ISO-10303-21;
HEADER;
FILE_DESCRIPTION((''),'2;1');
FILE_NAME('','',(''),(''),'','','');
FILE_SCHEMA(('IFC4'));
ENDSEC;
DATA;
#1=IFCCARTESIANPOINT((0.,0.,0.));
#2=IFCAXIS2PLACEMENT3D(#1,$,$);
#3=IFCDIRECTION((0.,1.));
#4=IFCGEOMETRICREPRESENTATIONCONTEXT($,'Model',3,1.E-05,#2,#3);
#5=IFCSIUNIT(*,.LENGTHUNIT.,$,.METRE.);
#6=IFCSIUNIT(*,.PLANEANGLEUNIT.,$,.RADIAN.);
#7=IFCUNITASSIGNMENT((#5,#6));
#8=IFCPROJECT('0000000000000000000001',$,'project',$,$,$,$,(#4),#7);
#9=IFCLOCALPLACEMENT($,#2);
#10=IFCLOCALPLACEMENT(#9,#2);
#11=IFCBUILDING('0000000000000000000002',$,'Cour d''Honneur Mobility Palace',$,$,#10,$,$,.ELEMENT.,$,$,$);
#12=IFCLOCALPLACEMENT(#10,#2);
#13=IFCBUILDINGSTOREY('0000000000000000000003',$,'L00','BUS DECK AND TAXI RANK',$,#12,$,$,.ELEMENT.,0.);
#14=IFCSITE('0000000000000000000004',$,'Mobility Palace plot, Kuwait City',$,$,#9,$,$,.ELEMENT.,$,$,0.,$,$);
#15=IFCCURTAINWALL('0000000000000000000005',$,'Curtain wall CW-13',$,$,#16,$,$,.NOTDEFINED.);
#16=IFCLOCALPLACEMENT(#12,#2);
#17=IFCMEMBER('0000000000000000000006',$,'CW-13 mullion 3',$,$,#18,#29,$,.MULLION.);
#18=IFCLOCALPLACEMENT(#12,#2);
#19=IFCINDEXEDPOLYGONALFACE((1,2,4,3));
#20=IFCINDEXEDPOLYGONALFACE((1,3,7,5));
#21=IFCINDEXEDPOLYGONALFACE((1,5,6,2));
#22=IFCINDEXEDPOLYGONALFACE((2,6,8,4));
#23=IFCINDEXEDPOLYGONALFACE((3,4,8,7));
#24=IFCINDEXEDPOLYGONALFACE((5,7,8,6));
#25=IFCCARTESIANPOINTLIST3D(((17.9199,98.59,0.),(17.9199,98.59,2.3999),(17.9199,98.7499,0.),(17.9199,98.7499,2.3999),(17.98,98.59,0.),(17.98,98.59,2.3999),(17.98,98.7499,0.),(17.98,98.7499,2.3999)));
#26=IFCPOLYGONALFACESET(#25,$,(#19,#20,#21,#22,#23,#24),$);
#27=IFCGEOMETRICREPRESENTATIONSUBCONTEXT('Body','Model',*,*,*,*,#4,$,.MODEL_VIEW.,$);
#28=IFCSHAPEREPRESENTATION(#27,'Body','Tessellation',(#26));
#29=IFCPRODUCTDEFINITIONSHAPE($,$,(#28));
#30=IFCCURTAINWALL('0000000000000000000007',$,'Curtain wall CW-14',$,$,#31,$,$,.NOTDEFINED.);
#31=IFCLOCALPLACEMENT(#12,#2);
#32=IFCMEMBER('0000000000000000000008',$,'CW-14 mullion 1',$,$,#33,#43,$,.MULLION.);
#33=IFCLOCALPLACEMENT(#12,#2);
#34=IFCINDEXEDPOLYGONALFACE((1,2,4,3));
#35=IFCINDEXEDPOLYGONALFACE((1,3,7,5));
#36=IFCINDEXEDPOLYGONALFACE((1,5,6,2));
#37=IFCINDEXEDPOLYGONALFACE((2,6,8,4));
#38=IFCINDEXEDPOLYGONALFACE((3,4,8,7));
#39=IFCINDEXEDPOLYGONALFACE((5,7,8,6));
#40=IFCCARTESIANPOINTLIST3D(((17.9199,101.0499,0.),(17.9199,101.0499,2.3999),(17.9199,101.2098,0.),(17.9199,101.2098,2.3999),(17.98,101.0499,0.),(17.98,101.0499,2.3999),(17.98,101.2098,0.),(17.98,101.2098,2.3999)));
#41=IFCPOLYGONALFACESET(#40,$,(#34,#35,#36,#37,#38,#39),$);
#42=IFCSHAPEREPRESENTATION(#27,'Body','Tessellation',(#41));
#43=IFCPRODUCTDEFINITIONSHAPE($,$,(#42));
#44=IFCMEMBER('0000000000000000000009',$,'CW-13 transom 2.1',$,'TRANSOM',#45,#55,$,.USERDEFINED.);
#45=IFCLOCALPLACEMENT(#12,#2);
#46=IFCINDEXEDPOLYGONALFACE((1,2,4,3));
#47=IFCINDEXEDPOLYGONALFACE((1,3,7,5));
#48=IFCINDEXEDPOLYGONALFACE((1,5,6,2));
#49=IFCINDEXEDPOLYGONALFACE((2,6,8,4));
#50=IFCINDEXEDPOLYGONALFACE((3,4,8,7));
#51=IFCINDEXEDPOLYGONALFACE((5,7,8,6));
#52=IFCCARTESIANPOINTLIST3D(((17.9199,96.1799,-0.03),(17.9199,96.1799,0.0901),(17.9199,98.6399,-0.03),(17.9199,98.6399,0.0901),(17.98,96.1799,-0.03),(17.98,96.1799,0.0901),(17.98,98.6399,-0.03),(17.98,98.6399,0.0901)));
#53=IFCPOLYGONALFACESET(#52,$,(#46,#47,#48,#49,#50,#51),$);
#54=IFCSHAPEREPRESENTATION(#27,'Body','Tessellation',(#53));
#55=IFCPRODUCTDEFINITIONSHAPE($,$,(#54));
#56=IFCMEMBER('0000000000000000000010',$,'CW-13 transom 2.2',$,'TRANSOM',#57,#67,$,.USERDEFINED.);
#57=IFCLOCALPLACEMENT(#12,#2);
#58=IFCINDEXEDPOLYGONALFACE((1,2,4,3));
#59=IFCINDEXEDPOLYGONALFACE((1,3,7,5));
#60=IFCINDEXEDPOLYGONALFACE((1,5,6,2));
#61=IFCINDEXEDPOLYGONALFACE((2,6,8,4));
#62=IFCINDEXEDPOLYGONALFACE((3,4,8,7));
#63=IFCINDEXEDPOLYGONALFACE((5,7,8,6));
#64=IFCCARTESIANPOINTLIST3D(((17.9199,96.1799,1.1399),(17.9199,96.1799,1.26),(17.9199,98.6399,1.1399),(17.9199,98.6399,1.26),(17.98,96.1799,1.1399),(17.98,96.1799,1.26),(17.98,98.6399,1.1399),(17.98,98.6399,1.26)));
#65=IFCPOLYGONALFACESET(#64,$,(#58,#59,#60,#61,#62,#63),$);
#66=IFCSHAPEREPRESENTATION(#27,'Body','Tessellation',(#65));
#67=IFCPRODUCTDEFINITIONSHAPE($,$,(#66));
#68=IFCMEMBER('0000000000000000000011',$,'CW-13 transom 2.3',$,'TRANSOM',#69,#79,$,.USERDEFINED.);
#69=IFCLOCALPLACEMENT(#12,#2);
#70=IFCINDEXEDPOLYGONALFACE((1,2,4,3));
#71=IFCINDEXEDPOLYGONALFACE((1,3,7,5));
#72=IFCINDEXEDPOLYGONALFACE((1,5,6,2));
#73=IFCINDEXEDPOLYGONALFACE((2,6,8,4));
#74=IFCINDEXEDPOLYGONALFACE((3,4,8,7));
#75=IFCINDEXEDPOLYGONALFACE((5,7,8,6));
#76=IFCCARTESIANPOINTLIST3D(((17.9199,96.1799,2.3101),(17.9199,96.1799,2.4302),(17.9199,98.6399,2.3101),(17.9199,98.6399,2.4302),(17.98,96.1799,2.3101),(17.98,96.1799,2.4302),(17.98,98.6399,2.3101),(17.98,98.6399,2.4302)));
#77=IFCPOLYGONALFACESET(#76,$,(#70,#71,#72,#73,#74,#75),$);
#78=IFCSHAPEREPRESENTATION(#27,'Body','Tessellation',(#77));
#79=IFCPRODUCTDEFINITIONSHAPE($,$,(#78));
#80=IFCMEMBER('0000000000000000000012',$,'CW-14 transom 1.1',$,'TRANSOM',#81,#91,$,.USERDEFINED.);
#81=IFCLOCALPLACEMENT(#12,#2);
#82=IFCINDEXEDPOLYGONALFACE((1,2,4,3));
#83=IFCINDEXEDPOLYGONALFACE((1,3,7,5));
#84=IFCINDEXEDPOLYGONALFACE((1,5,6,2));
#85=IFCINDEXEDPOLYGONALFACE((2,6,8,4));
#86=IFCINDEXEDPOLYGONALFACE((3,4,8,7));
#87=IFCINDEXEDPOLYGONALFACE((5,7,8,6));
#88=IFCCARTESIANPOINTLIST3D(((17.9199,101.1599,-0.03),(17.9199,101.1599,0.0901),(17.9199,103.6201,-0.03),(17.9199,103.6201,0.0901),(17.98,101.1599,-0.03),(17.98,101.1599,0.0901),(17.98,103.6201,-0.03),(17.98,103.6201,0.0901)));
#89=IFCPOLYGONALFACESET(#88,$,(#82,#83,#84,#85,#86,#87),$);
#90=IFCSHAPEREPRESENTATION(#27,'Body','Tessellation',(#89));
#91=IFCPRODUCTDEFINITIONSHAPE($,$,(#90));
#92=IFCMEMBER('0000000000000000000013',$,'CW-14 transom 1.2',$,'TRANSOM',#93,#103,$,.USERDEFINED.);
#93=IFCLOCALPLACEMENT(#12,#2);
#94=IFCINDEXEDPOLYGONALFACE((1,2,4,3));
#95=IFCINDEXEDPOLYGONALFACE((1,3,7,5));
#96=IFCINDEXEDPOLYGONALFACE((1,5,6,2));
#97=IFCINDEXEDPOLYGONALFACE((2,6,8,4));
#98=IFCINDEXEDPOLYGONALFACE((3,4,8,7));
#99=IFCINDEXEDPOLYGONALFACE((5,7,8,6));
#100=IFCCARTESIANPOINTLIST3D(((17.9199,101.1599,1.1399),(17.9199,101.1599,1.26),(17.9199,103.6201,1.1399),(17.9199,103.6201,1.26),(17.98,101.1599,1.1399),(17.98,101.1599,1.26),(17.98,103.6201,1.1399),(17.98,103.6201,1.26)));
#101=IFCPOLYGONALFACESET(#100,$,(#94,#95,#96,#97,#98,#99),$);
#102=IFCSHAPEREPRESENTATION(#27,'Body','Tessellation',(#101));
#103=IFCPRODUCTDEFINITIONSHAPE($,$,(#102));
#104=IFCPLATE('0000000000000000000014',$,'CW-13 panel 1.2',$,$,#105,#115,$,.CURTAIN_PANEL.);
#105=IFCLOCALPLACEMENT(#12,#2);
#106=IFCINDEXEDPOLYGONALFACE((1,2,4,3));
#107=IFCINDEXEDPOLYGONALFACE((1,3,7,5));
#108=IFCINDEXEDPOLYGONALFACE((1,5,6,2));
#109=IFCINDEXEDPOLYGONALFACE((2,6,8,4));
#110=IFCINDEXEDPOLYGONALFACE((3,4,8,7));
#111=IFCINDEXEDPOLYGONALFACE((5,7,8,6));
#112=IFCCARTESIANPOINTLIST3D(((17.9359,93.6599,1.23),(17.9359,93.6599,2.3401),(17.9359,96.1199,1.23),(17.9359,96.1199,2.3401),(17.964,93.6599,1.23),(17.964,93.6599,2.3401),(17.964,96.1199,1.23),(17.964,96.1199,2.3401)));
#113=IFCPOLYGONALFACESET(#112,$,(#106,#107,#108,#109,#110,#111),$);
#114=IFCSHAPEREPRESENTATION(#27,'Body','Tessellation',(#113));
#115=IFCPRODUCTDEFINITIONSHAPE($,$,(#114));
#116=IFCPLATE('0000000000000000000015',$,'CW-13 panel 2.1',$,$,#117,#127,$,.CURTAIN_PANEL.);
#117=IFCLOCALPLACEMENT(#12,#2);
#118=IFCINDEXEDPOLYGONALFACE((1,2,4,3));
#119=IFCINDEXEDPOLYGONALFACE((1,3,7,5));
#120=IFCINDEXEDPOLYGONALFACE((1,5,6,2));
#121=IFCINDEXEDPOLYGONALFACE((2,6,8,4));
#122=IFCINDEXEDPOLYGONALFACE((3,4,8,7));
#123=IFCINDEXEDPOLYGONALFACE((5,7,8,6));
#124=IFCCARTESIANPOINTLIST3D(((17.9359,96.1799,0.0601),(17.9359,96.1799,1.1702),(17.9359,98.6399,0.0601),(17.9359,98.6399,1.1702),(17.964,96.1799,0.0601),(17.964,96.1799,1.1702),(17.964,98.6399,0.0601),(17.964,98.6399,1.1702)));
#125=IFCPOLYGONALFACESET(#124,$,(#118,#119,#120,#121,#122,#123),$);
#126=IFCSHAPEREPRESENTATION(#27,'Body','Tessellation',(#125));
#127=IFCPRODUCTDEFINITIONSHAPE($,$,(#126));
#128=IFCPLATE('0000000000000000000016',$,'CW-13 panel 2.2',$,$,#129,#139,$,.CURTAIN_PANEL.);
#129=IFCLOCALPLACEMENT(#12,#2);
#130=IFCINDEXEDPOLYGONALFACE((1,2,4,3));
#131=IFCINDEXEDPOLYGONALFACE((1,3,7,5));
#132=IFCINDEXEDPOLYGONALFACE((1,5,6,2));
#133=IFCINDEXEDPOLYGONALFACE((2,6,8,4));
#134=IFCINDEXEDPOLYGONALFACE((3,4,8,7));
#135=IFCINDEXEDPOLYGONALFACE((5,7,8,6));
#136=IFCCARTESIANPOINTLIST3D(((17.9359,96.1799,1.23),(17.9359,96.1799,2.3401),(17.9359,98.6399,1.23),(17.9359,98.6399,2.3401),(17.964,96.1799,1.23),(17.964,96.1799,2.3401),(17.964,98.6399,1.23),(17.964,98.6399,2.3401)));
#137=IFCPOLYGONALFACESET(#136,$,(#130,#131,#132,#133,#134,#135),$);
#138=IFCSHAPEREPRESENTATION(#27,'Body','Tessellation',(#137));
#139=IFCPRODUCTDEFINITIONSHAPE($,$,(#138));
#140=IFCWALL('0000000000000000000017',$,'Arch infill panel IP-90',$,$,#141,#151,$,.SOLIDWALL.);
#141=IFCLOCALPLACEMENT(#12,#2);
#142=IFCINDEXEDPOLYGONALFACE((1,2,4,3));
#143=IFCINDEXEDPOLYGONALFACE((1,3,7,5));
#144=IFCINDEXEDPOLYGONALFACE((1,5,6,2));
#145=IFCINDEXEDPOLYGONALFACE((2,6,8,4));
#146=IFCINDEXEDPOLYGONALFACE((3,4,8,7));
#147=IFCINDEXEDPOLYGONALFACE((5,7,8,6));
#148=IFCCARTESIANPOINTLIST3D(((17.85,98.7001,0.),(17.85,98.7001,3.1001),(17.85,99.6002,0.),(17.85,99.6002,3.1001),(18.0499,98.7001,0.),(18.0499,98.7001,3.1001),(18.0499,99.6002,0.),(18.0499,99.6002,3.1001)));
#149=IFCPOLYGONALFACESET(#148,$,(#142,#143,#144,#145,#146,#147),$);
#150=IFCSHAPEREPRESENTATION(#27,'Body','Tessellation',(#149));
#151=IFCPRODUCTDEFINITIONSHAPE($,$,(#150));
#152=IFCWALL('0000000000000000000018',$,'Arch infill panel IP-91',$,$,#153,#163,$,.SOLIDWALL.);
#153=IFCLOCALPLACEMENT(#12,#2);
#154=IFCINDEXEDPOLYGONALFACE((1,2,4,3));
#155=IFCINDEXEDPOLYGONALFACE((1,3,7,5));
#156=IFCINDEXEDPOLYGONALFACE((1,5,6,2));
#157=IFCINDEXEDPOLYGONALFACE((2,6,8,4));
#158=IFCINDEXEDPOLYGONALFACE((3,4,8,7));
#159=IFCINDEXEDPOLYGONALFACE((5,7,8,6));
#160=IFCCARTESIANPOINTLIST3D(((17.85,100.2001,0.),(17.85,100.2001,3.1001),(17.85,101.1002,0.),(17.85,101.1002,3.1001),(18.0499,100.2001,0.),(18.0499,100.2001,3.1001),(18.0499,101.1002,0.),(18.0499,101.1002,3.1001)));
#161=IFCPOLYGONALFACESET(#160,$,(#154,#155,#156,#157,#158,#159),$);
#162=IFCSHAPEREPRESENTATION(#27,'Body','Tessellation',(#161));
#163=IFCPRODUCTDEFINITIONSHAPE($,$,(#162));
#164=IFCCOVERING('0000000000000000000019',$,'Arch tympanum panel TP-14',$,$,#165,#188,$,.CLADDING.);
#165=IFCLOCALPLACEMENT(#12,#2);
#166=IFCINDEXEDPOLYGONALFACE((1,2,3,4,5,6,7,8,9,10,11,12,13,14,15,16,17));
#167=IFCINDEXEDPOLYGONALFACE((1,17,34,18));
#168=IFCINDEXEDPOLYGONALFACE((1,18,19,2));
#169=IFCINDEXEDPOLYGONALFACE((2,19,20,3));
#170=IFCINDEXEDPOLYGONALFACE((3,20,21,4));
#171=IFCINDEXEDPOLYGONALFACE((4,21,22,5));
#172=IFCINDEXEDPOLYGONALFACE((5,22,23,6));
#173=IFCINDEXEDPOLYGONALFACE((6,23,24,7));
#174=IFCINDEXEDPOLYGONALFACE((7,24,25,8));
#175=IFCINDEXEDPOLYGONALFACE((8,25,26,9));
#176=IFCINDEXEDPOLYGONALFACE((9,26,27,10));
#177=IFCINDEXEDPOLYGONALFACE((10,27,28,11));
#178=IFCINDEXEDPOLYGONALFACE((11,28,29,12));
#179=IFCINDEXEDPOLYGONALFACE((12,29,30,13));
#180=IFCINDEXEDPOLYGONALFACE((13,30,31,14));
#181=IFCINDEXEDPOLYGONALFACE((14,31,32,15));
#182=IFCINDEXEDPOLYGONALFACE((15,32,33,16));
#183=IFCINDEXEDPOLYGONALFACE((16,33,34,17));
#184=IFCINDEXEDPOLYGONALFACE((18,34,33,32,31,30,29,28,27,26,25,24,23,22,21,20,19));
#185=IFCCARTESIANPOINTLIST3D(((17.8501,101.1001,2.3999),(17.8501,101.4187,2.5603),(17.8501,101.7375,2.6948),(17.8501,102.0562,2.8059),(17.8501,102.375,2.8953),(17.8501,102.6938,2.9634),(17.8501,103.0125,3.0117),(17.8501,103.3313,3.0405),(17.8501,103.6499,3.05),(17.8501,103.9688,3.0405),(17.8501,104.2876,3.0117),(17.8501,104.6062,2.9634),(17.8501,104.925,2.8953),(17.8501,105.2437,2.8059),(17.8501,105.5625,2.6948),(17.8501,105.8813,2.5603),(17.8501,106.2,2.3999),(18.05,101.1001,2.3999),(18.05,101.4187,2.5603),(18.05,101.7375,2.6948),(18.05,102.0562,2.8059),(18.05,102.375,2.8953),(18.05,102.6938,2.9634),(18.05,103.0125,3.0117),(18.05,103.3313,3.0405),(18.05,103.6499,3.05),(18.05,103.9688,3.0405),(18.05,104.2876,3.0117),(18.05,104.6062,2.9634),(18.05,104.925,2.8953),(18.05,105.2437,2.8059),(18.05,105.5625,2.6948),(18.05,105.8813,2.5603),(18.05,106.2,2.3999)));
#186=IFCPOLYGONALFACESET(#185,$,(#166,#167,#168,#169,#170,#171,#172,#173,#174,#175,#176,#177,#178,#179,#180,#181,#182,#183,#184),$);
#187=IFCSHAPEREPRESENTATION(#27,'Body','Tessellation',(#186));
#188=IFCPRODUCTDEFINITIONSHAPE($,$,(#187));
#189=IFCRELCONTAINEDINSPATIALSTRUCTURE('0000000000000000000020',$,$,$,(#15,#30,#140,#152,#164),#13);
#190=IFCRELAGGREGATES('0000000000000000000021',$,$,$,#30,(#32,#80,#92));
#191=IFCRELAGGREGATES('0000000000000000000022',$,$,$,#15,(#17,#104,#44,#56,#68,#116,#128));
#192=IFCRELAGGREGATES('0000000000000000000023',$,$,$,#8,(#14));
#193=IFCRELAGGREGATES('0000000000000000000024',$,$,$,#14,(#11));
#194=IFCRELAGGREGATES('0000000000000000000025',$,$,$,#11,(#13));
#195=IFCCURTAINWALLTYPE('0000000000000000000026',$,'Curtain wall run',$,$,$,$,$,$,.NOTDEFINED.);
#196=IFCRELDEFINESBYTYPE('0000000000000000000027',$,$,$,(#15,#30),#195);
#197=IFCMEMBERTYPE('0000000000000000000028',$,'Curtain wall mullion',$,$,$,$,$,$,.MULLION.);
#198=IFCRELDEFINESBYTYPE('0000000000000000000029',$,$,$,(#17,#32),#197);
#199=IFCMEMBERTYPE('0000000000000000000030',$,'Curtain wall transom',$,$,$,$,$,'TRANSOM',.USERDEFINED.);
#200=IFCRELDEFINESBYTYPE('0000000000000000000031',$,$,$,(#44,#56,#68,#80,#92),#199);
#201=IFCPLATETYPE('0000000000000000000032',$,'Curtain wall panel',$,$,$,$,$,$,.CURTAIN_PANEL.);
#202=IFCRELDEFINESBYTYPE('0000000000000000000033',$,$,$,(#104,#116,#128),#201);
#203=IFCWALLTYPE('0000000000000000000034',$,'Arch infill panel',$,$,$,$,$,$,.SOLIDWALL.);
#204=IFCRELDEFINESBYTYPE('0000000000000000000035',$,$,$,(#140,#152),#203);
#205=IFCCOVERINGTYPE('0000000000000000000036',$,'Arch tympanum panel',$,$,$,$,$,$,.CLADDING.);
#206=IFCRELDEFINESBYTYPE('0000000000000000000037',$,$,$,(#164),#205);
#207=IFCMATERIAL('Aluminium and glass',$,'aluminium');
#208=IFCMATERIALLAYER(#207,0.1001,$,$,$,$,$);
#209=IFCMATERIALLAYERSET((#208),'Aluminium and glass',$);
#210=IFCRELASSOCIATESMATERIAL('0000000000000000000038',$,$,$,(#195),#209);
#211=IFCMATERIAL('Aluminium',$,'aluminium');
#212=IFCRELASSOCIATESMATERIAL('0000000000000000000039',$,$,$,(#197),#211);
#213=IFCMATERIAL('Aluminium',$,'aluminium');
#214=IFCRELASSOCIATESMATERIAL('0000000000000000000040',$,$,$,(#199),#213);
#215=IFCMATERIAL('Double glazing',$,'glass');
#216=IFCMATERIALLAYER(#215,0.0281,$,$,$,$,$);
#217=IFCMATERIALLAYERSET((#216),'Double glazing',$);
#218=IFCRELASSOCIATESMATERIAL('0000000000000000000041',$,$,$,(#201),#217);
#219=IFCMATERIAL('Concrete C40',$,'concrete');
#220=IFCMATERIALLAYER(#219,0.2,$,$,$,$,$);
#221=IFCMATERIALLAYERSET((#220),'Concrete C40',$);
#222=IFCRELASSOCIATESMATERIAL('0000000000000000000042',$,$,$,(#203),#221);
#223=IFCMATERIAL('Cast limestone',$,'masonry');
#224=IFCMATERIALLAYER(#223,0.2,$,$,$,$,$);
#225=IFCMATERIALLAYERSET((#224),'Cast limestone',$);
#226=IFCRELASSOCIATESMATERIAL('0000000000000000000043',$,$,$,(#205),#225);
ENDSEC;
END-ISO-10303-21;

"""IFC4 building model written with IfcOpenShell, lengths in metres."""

from ifc_helpers import new_model, si_unit, direction, frame, frame_2d, origin, origin_2d, place, context, subcontext, project, spatial, polyline, rectangle, outline, extrude, material, layer, layer_set, material_profile, profile_set, type_object, element, aggregate, save


model = new_model("IFC4")

# Units and contexts
model_context = context("Model", 3, precision=1e-05, world=origin(), true_north=direction((0.0, 1.0)))
body_context = subcontext(model_context, "Body", "Model", "MODEL_VIEW")
ifc_project = project(units=[si_unit("LENGTHUNIT", "METRE"), si_unit("PLANEANGLEUNIT", "RADIAN")], contexts=[model_context])

# Site, building, storey
site_placement = place(None, origin())
site = spatial("IfcSite", under=ifc_project, at=site_placement, Name="Mobility Palace plot, Kuwait City", CompositionType="ELEMENT", RefElevation=0.0)
building_placement = place(site_placement, origin())
building = spatial("IfcBuilding", under=site, at=building_placement, Name="Cour d'Honneur Mobility Palace", CompositionType="ELEMENT")
storey_placement = place(building_placement, origin())
storey = spatial("IfcBuildingStorey", under=building, at=storey_placement, Name="L00", Description="BUS DECK AND TAXI RANK", CompositionType="ELEMENT", Elevation=0.0)

# Curtain wall, member
ifc_material_1 = material(Name="Aluminium and glass", Category="aluminium")
ifc_layer_1 = layer(ifc_material_1, 0.1001)
ifc_layer_set_1 = layer_set([ifc_layer_1], Name="Aluminium and glass")
curtain_wall_type = type_object("IfcCurtainWallType", Name="Curtain wall run", PredefinedType="NOTDEFINED", material=ifc_layer_set_1)
curtain_wall_1_placement = place(storey_placement, origin())
curtain_wall_1 = element("IfcCurtainWall", 1, at=curtain_wall_1_placement, inside=storey, type_object=curtain_wall_type, Name="Curtain wall CW-13", PredefinedType="NOTDEFINED")
ifc_material_2 = material(Name="Aluminium", Category="aluminium")
ifc_material_profile_1 = material_profile(ifc_material_2, rectangle(XDim=0.0601, YDim=0.1599, at=origin_2d()), Name="Curtain wall mullion")
ifc_profile_set_1 = profile_set([ifc_material_profile_1], Name="Aluminium")
member_type_1 = type_object("IfcMemberType", Name="Curtain wall mullion", PredefinedType="MULLION", material=ifc_profile_set_1)
member_1_placement = place(storey_placement, frame((17.95, 98.6699, 0.0), z_axis=(0.0, 0.0, 1.0), x_axis=(-1.0, 0.0, 0.0)))
member_1 = element("IfcMember", 2, at=member_1_placement, type_object=member_type_1, Name="CW-13 mullion 3", PredefinedType="MULLION", context=body_context, shape_type="SweptSolid", body=[
    extrude(rectangle(XDim=0.0601, YDim=0.1599, at=origin_2d()), origin(), (0.0, 0.0, 1.0), 2.3999),
])

# Curtain wall, member
curtain_wall_2_placement = place(storey_placement, origin())
curtain_wall_2 = element("IfcCurtainWall", 3, at=curtain_wall_2_placement, inside=storey, type_object=curtain_wall_type, Name="Curtain wall CW-14", PredefinedType="NOTDEFINED")
member_2_placement = place(storey_placement, frame((17.95, 101.1299, 0.0), z_axis=(0.0, 0.0, 1.0), x_axis=(-1.0, 0.0, 0.0)))
member_2 = element("IfcMember", 4, at=member_2_placement, type_object=member_type_1, Name="CW-14 mullion 1", PredefinedType="MULLION", context=body_context, shape_type="SweptSolid", body=[
    extrude(rectangle(XDim=0.0601, YDim=0.1599, at=origin_2d()), origin(), (0.0, 0.0, 1.0), 2.3999),
])

# Members
ifc_material_3 = material(Name="Aluminium", Category="aluminium")
ifc_material_profile_2 = material_profile(ifc_material_3, rectangle(XDim=0.0601, YDim=0.1201, at=origin_2d()), Name="Curtain wall transom")
ifc_profile_set_2 = profile_set([ifc_material_profile_2], Name="Aluminium")
member_type_2 = type_object("IfcMemberType", Name="Curtain wall transom", ElementType="TRANSOM", PredefinedType="USERDEFINED", material=ifc_profile_set_2)
member_3_placement = place(storey_placement, frame((17.95, 96.1799, 0.03), z_axis=(0.0, 1.0, 0.0), x_axis=(-1.0, 0.0, 0.0)))
member_3 = element("IfcMember", 5, at=member_3_placement, type_object=member_type_2, Name="CW-13 transom 2.1", ObjectType="TRANSOM", PredefinedType="USERDEFINED", context=body_context, shape_type="SweptSolid", body=[
    extrude(rectangle(XDim=0.0601, YDim=0.1201, at=origin_2d()), origin(), (0.0, 0.0, 1.0), 2.46),
])
member_4_placement = place(storey_placement, frame((17.95, 96.1799, 1.2), z_axis=(0.0, 1.0, 0.0), x_axis=(-1.0, 0.0, 0.0)))
member_4 = element("IfcMember", 6, at=member_4_placement, type_object=member_type_2, Name="CW-13 transom 2.2", ObjectType="TRANSOM", PredefinedType="USERDEFINED", context=body_context, shape_type="SweptSolid", body=[
    extrude(rectangle(XDim=0.0601, YDim=0.1201, at=origin_2d()), origin(), (0.0, 0.0, 1.0), 2.46),
])
member_5_placement = place(storey_placement, frame((17.95, 96.1799, 2.3701), z_axis=(0.0, 1.0, 0.0), x_axis=(-1.0, 0.0, 0.0)))
member_5 = element("IfcMember", 7, at=member_5_placement, type_object=member_type_2, Name="CW-13 transom 2.3", ObjectType="TRANSOM", PredefinedType="USERDEFINED", context=body_context, shape_type="SweptSolid", body=[
    extrude(rectangle(XDim=0.0601, YDim=0.1201, at=origin_2d()), origin(), (0.0, 0.0, 1.0), 2.46),
])
member_6_placement = place(storey_placement, frame((17.95, 101.1599, 0.03), z_axis=(0.0, 1.0, 0.0), x_axis=(-1.0, 0.0, 0.0)))
member_6 = element("IfcMember", 8, at=member_6_placement, type_object=member_type_2, Name="CW-14 transom 1.1", ObjectType="TRANSOM", PredefinedType="USERDEFINED", context=body_context, shape_type="SweptSolid", body=[
    extrude(rectangle(XDim=0.0601, YDim=0.1201, at=origin_2d()), origin(), (0.0, 0.0, 1.0), 2.4602),
])
member_7_placement = place(storey_placement, frame((17.95, 101.1599, 1.2), z_axis=(0.0, 1.0, 0.0), x_axis=(-1.0, 0.0, 0.0)))
member_7 = element("IfcMember", 9, at=member_7_placement, type_object=member_type_2, Name="CW-14 transom 1.2", ObjectType="TRANSOM", PredefinedType="USERDEFINED", context=body_context, shape_type="SweptSolid", body=[
    extrude(rectangle(XDim=0.0601, YDim=0.1201, at=origin_2d()), origin(), (0.0, 0.0, 1.0), 2.4602),
])
aggregate(curtain_wall_2, [member_2, member_6, member_7])

# Plates
ifc_material_4 = material(Name="Double glazing", Category="glass")
ifc_layer_2 = layer(ifc_material_4, 0.0281)
ifc_layer_set_2 = layer_set([ifc_layer_2], Name="Double glazing")
plate_type = type_object("IfcPlateType", Name="Curtain wall panel", PredefinedType="CURTAIN_PANEL", material=ifc_layer_set_2)
plate_1_placement = place(storey_placement, frame((17.95, 94.8899, 1.23), z_axis=(0.0, 0.0, 1.0), x_axis=(0.0, 1.0, 0.0)))
plate_1 = element("IfcPlate", 10, at=plate_1_placement, type_object=plate_type, Name="CW-13 panel 1.2", PredefinedType="CURTAIN_PANEL", context=body_context, shape_type="SweptSolid", body=[
    extrude(rectangle(XDim=2.46, YDim=0.0281, at=origin_2d()), origin(), (0.0, 0.0, 1.0), 1.1101),
])
plate_2_placement = place(storey_placement, frame((17.95, 97.4099, 0.0601), z_axis=(0.0, 0.0, 1.0), x_axis=(0.0, 1.0, 0.0)))
plate_2 = element("IfcPlate", 11, at=plate_2_placement, type_object=plate_type, Name="CW-13 panel 2.1", PredefinedType="CURTAIN_PANEL", context=body_context, shape_type="SweptSolid", body=[
    extrude(rectangle(XDim=2.46, YDim=0.0281, at=origin_2d()), origin(), (0.0, 0.0, 1.0), 1.1101),
])
plate_3_placement = place(storey_placement, frame((17.95, 97.4099, 1.23), z_axis=(0.0, 0.0, 1.0), x_axis=(0.0, 1.0, 0.0)))
plate_3 = element("IfcPlate", 12, at=plate_3_placement, type_object=plate_type, Name="CW-13 panel 2.2", PredefinedType="CURTAIN_PANEL", context=body_context, shape_type="SweptSolid", body=[
    extrude(rectangle(XDim=2.46, YDim=0.0281, at=origin_2d()), origin(), (0.0, 0.0, 1.0), 1.1101),
])
aggregate(curtain_wall_1, [member_1, plate_1, member_3, member_4, member_5, plate_2, plate_3])

# Walls
ifc_material_5 = material(Name="Concrete C40", Category="concrete")
ifc_layer_3 = layer(ifc_material_5, 0.2)
ifc_layer_set_3 = layer_set([ifc_layer_3], Name="Concrete C40")
wall_type = type_object("IfcWallType", Name="Arch infill panel", PredefinedType="SOLIDWALL", material=ifc_layer_set_3)
for number, where, z_axis, x_axis, name in (
    (13, (17.95, 98.7, 0.0), (0.0, 0.0, 1.0), (0.0, 1.0, 0.0), "Arch infill panel IP-90"),
    (14, (17.95, 100.2, 0.0), (0.0, 0.0, 1.0), (0.0, 1.0, 0.0), "Arch infill panel IP-91"),
):
    element("IfcWall", number, at=place(storey_placement, frame(where, z_axis=z_axis, x_axis=x_axis)), inside=storey, type_object=wall_type, Name=name, PredefinedType="SOLIDWALL", context=body_context, shape_type="SweptSolid", body=[
        extrude(rectangle(XDim=0.9001, YDim=0.2, at=frame_2d((0.4502, 0.0))), origin(), (0.0, 0.0, 1.0), 3.1001),
    ])

# Covering
ifc_material_6 = material(Name="Cast limestone", Category="masonry")
ifc_layer_4 = layer(ifc_material_6, 0.2)
ifc_layer_set_4 = layer_set([ifc_layer_4], Name="Cast limestone")
covering_type_1 = type_object("IfcCoveringType", Name="Arch tympanum panel", PredefinedType="CLADDING", material=ifc_layer_set_4)
covering_1_placement = place(storey_placement, frame((18.05, 101.1001, 2.3999), z_axis=(1.0, 0.0, 0.0), x_axis=(0.0, 1.0, 0.0)))
element("IfcCovering", 15, at=covering_1_placement, inside=storey, type_object=covering_type_1, Name="Arch tympanum panel TP-14", PredefinedType="CLADDING", context=body_context, shape_type="SweptSolid", body=[
    extrude(outline(polyline([(0.0, 0.0), (5.0999, 0.0), (5.0999, 0.0), (4.7812, 0.1604), (4.4624, 0.2949), (4.1436, 0.406), (3.825, 0.4954), (3.5061, 0.5635), (3.1875, 0.6118), (2.8687, 0.6406), (2.5498, 0.6501), (2.2312, 0.6406), (1.9124, 0.6118), (1.5938, 0.5635), (1.2749, 0.4954), (0.9561, 0.406), (0.6375, 0.2949), (0.3186, 0.1604), (0.0, 0.0), (0.0, 0.0)])), origin(), (0.0, 0.0, -1.0), 0.2),
])

save(model, "model.ifc")
